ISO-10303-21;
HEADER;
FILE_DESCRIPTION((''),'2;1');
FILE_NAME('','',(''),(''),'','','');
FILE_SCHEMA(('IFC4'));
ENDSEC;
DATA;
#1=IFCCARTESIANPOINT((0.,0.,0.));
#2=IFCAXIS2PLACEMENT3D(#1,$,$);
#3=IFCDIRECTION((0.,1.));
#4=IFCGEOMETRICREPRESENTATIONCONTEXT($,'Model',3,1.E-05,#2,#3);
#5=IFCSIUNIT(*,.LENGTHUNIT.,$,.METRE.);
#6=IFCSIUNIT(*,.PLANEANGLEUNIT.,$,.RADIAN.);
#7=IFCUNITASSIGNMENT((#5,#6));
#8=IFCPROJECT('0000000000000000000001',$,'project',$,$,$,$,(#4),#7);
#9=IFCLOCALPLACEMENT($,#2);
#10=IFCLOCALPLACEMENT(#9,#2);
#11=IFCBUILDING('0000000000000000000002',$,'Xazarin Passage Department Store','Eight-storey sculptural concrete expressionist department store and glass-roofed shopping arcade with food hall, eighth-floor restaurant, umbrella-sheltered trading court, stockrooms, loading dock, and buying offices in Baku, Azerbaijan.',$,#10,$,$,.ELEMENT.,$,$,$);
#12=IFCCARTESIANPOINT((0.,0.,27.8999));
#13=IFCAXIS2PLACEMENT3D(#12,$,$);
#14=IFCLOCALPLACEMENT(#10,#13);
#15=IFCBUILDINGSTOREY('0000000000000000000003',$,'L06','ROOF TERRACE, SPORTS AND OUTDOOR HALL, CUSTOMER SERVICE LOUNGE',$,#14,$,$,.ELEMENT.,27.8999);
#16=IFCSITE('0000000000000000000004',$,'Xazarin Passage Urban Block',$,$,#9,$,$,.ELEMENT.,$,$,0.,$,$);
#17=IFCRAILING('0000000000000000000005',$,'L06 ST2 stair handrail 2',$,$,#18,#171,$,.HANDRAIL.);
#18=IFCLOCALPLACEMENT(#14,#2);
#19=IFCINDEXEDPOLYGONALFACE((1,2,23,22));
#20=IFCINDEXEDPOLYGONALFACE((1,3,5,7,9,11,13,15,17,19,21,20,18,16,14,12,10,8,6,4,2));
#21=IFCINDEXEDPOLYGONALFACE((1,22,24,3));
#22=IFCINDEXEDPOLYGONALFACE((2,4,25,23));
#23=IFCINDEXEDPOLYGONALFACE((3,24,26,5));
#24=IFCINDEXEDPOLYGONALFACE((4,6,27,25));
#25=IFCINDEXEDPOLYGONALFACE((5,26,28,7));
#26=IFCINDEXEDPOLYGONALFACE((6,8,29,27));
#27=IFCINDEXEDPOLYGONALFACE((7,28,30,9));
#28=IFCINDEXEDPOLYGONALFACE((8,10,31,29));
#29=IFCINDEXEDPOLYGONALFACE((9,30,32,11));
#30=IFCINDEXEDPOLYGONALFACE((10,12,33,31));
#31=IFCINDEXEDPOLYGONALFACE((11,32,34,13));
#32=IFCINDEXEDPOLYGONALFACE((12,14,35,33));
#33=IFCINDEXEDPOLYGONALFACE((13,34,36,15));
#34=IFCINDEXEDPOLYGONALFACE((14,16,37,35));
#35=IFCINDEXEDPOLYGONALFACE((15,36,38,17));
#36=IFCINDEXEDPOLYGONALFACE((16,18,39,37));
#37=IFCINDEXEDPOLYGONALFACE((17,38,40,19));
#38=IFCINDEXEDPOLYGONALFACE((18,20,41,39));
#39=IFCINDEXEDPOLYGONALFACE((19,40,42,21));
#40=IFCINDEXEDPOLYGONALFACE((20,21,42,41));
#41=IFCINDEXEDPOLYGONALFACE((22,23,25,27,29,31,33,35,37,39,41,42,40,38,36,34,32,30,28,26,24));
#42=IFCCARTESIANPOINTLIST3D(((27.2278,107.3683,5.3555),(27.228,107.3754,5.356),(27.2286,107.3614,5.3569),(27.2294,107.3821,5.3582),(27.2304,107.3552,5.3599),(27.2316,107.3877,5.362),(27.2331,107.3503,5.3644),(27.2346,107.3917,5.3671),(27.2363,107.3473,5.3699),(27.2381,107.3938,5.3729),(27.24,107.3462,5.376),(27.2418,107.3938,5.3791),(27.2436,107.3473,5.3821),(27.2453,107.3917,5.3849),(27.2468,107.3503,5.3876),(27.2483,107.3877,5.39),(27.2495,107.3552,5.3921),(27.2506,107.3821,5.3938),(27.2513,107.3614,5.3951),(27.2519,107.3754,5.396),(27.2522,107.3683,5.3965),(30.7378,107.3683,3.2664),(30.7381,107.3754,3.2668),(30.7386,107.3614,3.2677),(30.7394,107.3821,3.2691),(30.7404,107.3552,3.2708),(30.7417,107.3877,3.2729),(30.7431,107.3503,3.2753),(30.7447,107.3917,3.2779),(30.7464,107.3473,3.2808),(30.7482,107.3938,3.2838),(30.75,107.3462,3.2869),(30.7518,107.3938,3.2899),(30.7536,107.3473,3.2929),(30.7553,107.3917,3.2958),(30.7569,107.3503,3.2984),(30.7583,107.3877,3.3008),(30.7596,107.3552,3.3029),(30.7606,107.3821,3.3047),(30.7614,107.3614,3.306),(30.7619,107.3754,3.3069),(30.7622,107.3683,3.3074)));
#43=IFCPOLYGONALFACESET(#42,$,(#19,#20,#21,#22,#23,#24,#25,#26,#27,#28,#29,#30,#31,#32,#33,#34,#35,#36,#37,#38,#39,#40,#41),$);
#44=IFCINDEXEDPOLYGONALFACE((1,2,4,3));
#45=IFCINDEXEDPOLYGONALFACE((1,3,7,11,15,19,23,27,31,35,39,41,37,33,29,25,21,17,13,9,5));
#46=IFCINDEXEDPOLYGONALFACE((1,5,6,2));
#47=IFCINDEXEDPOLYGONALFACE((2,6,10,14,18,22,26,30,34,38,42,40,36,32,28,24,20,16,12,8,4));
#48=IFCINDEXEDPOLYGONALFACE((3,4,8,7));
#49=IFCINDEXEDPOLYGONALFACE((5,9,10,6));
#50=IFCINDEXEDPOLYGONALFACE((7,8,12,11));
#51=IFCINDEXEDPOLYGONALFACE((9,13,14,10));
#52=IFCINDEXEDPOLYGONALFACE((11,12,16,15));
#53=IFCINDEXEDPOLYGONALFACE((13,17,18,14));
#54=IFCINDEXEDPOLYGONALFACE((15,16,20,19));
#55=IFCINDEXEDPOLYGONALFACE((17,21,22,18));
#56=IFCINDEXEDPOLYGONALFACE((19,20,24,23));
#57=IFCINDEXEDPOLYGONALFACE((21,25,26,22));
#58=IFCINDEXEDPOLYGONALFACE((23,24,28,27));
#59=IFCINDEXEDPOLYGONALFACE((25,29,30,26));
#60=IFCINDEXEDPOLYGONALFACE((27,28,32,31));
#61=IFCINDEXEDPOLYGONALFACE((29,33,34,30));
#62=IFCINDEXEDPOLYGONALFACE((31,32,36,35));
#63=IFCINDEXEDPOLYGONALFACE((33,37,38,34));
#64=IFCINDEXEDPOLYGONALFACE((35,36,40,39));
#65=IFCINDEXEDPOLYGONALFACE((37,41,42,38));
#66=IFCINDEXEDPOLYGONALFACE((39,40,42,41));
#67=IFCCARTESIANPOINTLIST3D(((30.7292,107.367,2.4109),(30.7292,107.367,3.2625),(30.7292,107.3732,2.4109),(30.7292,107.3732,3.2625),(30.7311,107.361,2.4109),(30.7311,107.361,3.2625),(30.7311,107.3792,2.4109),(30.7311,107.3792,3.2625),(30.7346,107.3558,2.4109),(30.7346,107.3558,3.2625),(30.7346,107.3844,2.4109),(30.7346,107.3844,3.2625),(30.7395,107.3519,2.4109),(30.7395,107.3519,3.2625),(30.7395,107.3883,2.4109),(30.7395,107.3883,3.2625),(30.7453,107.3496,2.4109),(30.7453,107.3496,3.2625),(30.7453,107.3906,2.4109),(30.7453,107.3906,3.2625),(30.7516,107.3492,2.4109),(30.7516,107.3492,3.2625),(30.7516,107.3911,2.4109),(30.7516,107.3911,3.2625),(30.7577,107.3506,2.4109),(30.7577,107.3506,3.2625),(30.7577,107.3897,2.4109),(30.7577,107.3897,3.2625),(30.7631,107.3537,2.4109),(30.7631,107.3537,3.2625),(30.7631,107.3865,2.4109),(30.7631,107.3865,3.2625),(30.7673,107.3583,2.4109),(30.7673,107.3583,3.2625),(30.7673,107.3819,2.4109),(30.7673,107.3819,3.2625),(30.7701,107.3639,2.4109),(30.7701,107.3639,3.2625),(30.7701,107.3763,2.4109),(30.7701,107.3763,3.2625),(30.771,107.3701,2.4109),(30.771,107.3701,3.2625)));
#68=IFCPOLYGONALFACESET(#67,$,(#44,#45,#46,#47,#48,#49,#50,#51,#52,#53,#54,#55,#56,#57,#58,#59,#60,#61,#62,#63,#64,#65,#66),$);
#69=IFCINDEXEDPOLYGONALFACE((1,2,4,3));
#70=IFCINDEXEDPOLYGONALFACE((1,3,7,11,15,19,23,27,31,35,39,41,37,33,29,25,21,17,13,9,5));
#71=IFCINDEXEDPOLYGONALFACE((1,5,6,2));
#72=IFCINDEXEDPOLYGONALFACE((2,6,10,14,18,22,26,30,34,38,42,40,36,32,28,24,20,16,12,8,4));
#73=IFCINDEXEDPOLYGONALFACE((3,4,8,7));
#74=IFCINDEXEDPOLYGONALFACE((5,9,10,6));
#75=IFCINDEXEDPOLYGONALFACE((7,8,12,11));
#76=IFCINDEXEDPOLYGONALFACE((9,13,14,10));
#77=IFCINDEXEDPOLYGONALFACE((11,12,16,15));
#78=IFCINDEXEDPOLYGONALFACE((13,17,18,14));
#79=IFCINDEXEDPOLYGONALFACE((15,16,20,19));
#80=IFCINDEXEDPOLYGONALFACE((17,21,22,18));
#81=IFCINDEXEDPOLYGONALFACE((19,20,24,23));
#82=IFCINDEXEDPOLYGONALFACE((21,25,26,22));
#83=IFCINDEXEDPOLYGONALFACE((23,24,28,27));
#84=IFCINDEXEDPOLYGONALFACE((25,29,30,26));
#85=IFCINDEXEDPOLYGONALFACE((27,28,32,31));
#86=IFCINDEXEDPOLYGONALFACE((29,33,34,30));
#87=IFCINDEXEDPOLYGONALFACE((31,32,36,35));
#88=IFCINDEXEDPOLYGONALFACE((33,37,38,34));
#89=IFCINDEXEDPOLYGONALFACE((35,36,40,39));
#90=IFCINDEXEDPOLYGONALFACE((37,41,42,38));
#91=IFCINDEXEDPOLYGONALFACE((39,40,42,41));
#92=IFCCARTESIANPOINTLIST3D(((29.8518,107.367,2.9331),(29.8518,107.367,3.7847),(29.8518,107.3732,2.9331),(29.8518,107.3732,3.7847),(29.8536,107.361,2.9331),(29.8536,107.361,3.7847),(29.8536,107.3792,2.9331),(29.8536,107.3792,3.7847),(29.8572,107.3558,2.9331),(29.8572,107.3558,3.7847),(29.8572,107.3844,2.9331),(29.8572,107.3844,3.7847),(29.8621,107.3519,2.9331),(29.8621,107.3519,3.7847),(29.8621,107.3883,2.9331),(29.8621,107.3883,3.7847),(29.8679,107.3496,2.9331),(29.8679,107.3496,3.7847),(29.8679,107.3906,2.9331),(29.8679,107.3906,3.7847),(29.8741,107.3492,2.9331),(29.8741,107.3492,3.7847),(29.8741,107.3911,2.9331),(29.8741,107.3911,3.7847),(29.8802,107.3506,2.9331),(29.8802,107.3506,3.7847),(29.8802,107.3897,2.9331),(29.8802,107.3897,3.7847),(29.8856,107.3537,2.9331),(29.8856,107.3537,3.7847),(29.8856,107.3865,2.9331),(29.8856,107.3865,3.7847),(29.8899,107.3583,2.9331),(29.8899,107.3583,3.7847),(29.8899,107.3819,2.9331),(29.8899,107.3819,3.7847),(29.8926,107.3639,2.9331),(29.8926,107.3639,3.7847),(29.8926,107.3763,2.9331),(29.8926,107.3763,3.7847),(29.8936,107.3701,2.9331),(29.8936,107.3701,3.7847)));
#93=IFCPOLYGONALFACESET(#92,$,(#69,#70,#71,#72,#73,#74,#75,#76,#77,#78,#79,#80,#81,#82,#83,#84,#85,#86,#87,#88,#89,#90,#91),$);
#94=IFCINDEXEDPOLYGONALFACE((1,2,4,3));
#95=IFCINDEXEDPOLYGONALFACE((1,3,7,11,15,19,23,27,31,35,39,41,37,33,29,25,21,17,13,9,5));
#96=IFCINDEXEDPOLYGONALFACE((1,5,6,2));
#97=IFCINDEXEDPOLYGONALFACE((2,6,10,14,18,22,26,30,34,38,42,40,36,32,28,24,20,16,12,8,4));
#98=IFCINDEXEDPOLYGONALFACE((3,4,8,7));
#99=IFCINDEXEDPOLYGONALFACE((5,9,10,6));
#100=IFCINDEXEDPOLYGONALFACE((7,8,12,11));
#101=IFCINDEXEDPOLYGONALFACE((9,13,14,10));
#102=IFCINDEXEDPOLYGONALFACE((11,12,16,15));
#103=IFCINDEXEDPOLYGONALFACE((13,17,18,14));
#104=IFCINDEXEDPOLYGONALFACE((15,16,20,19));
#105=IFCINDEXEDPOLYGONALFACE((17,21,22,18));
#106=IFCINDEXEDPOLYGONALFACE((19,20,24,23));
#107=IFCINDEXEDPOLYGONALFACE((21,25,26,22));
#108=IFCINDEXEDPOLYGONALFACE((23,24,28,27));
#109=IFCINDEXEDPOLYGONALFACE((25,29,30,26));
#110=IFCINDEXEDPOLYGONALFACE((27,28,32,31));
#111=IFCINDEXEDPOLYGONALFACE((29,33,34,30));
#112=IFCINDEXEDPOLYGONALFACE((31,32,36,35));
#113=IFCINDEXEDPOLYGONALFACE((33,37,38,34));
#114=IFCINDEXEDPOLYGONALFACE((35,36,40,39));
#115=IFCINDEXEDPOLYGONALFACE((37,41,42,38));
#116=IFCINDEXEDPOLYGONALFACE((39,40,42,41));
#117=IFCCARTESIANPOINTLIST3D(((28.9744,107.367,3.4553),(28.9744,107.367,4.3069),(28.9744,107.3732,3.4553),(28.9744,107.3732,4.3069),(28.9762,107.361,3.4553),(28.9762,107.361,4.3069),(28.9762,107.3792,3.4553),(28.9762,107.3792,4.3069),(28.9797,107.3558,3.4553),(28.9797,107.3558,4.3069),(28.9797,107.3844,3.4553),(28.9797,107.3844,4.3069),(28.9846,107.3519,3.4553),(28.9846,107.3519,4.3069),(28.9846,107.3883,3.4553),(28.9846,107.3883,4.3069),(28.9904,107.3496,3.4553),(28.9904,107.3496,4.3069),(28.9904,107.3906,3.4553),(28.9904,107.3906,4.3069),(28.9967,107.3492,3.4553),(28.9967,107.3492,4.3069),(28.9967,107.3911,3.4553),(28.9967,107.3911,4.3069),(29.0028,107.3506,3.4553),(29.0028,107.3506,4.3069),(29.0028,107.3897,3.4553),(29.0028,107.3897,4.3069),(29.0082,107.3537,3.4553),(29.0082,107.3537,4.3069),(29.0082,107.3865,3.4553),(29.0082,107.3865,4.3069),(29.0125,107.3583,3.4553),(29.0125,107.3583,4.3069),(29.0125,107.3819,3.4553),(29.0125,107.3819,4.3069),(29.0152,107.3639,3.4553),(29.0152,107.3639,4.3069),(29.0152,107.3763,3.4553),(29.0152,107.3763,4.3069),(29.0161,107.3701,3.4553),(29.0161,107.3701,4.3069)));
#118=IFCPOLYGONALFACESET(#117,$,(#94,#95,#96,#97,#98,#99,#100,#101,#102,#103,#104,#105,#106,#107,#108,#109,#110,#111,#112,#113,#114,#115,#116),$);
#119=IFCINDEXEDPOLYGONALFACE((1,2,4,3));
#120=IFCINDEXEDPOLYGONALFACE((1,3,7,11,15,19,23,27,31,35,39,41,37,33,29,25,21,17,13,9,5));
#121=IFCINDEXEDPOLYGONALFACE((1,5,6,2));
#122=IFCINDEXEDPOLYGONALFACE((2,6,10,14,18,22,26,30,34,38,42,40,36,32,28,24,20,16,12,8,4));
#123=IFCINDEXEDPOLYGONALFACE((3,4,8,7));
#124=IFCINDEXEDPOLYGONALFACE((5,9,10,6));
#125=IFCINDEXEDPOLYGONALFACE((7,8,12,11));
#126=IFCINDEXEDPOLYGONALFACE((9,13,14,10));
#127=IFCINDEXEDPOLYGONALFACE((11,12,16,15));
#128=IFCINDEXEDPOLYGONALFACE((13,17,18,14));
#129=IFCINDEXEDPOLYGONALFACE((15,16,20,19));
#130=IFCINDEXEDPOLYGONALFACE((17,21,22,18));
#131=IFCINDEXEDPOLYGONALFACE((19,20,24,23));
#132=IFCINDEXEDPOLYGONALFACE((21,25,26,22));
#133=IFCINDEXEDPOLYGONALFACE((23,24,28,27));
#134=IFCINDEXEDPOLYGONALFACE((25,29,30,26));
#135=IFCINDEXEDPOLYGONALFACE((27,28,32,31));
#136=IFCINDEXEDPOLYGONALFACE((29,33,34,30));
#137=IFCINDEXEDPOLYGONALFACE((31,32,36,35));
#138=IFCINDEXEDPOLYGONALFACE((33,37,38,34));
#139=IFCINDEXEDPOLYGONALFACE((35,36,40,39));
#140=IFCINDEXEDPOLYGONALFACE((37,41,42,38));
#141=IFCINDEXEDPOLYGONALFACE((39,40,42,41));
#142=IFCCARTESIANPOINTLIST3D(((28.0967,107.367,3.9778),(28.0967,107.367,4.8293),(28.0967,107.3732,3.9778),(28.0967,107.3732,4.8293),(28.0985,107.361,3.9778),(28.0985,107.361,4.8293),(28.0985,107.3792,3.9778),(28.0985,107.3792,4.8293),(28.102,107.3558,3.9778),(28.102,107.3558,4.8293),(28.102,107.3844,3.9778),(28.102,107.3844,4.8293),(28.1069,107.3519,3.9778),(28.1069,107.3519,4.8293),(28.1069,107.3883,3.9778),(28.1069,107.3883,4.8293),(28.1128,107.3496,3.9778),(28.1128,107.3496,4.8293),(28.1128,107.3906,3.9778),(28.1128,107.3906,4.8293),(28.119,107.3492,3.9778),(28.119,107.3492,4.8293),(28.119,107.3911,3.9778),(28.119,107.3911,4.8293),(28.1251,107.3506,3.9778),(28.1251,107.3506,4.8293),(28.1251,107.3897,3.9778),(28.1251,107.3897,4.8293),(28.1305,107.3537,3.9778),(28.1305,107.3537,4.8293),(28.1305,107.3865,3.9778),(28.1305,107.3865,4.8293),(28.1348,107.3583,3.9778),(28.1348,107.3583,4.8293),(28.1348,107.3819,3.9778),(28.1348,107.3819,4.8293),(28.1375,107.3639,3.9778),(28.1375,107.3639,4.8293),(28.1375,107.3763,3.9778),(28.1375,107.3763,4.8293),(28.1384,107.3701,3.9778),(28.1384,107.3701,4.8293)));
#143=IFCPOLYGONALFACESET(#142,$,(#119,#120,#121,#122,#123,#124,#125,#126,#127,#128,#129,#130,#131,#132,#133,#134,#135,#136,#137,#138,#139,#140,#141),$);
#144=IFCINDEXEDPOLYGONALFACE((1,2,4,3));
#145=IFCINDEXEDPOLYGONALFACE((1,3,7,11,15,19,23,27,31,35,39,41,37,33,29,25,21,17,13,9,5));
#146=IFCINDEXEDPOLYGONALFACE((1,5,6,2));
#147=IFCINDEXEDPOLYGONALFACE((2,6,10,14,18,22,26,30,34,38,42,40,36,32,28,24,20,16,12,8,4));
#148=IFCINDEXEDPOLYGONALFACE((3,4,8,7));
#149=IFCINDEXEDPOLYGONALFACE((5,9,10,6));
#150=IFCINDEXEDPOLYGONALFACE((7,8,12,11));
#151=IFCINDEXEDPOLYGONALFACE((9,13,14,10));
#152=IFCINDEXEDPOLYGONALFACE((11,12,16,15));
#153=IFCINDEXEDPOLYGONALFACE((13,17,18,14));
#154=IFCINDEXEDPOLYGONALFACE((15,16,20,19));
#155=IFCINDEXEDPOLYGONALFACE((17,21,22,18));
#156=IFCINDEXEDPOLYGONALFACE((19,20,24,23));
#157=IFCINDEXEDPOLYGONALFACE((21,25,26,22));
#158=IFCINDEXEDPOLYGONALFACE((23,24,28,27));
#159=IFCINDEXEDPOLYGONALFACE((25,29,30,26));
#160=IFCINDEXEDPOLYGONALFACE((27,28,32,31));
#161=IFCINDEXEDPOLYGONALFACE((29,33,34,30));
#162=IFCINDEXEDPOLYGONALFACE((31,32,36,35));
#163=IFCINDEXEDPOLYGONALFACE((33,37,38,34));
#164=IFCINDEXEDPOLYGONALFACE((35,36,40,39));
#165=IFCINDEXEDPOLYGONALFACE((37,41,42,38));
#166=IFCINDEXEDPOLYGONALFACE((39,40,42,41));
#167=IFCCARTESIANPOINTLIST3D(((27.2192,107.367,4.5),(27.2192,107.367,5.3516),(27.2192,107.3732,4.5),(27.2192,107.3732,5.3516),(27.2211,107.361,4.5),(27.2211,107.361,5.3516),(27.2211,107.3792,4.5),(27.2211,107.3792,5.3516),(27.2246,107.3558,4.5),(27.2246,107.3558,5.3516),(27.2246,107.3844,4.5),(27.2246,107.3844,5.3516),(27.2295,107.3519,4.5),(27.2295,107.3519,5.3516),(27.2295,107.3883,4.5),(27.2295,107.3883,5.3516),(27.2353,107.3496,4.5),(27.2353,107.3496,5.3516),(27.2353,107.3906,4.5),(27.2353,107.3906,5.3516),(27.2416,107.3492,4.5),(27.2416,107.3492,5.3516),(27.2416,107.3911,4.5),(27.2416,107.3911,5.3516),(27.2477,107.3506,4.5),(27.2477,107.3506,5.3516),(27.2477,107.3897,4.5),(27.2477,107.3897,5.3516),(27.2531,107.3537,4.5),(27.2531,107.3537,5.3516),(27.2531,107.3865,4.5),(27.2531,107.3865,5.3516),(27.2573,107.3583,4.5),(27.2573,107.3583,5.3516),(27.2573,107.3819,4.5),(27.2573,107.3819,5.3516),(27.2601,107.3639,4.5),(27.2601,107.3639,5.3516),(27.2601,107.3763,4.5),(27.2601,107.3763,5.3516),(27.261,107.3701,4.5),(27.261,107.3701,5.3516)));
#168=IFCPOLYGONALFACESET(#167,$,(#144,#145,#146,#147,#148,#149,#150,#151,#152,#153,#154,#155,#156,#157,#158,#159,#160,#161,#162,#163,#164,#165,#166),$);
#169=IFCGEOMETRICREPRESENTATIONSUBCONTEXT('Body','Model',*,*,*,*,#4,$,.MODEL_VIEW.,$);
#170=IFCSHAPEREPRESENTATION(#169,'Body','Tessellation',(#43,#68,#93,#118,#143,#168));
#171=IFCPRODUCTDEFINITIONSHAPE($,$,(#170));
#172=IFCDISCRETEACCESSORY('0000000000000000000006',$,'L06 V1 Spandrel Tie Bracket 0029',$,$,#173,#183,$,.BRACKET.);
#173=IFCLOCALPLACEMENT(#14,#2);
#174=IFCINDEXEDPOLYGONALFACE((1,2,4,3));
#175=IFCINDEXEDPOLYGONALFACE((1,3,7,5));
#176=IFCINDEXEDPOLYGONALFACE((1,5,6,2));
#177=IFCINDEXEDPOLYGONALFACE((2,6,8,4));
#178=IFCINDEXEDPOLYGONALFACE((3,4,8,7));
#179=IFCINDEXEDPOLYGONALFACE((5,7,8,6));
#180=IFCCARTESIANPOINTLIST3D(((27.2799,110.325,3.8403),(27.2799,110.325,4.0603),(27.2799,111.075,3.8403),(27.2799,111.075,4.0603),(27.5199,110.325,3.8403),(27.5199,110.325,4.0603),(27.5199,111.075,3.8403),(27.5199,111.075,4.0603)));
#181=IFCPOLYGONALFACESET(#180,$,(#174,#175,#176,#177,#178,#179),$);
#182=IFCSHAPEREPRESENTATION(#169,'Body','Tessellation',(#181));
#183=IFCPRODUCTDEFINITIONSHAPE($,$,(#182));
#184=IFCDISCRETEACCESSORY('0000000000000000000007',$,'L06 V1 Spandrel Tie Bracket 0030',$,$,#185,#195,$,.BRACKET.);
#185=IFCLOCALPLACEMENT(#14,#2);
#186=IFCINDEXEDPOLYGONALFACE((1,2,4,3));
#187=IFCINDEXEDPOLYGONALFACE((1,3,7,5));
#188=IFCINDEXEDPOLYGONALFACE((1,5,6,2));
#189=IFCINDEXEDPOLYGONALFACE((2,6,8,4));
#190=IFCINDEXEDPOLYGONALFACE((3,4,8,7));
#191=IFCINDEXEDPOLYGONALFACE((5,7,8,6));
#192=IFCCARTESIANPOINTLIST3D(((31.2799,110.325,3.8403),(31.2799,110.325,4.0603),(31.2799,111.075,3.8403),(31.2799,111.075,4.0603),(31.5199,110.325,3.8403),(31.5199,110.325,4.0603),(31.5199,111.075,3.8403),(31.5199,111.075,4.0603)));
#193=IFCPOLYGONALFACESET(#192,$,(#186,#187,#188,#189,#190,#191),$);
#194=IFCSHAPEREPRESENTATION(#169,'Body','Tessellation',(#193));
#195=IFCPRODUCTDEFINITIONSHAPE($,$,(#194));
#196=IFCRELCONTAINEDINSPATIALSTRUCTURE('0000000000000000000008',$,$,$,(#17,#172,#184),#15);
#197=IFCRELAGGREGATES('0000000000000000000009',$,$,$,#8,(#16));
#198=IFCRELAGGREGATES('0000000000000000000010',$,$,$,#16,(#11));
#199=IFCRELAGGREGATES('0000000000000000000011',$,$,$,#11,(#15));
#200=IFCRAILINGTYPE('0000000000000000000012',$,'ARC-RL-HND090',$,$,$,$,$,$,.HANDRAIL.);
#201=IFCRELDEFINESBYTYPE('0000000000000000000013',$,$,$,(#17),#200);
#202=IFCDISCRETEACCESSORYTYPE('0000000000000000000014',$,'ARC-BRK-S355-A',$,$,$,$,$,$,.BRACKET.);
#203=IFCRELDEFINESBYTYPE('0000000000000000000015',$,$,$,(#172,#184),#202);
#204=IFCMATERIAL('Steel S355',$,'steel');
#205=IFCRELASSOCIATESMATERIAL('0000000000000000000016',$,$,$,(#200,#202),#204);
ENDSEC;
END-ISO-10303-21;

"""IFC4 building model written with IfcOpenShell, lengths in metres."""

from ifc_helpers import new_model, si_unit, direction, frame, origin, origin_2d, place, context, subcontext, project, spatial, rectangle, circle, extrude, material, type_object, element, save


model = new_model("IFC4")

# Units and contexts
model_context = context("Model", 3, precision=1e-05, world=origin(), true_north=direction((0.0, 1.0)))
body_context = subcontext(model_context, "Body", "Model", "MODEL_VIEW")
ifc_project = project(units=[si_unit("LENGTHUNIT", "METRE"), si_unit("PLANEANGLEUNIT", "RADIAN")], contexts=[model_context])

# Site, building, storey
site_placement = place(None, origin())
site = spatial("IfcSite", under=ifc_project, at=site_placement, Name="Xazarin Passage Urban Block", CompositionType="ELEMENT", RefElevation=0.0)
building_placement = place(site_placement, origin())
building = spatial("IfcBuilding", under=site, at=building_placement, Name="Xazarin Passage Department Store", Description="Eight-storey sculptural concrete expressionist department store and glass-roofed shopping arcade with food hall, eighth-floor restaurant, umbrella-sheltered trading court, stockrooms, loading dock, and buying offices in Baku, Azerbaijan.", CompositionType="ELEMENT")
storey_placement = place(building_placement, frame((0.0, 0.0, 27.8999)))
storey = spatial("IfcBuildingStorey", under=building, at=storey_placement, Name="L06", Description="ROOF TERRACE, SPORTS AND OUTDOOR HALL, CUSTOMER SERVICE LOUNGE", CompositionType="ELEMENT", Elevation=27.8999)

# Railing
ifc_material_1 = material(Name="Steel S355", Category="steel")
railing_type_1 = type_object("IfcRailingType", Name="ARC-RL-HND090", PredefinedType="HANDRAIL", material=ifc_material_1)
railing_1_placement = place(storey_placement, frame((30.75, 107.3701, 2.4109)))
element("IfcRailing", 1, at=railing_1_placement, inside=storey, type_object=railing_type_1, Name="L06 ST2 stair handrail 2", PredefinedType="HANDRAIL", context=body_context, shape_type="SweptSolid", body=[
    extrude(circle(Radius=0.0239, at=origin_2d()), frame((0.0, 0.0, 0.876), z_axis=(-0.859312, 0.0, 0.511451), x_axis=(0.0, -1.0, 0.0)), (0.0, 0.0, 1.0), 4.0847),
    extrude(circle(Radius=0.021, at=origin_2d()), origin(), (0.0, 0.0, 1.0), 0.8516),
    extrude(circle(Radius=0.021, at=origin_2d()), frame((-0.8774, 0.0, 0.5222)), (0.0, 0.0, 1.0), 0.8516),
    extrude(circle(Radius=0.021, at=origin_2d()), frame((-1.7549, 0.0, 1.0444)), (0.0, 0.0, 1.0), 0.8516),
    extrude(circle(Radius=0.021, at=origin_2d()), frame((-2.6326, 0.0, 1.5669)), (0.0, 0.0, 1.0), 0.8516),
    extrude(circle(Radius=0.021, at=origin_2d()), frame((-3.51, 0.0, 2.0891)), (0.0, 0.0, 1.0), 0.8516),
])

# Discrete accessories
discrete_accessory_type = type_object("IfcDiscreteAccessoryType", Name="ARC-BRK-S355-A", PredefinedType="BRACKET", material=ifc_material_1)
for number, where, z_axis, x_axis, name in (
    (2, (27.3999, 110.7, 3.8403), (0.0, 0.0, 1.0), (1.0, 0.0, 0.0), "L06 V1 Spandrel Tie Bracket 0029"),
    (3, (31.3999, 110.7, 3.8403), (0.0, 0.0, 1.0), (1.0, 0.0, 0.0), "L06 V1 Spandrel Tie Bracket 0030"),
):
    element("IfcDiscreteAccessory", number, at=place(storey_placement, frame(where, z_axis=z_axis, x_axis=x_axis)), inside=storey, type_object=discrete_accessory_type, Name=name, PredefinedType="BRACKET", context=body_context, shape_type="SweptSolid", body=[
        extrude(rectangle(XDim=0.24, YDim=0.75, at=origin_2d()), origin(), (0.0, 0.0, 1.0), 0.22),
    ])

save(model, "model.ifc")
